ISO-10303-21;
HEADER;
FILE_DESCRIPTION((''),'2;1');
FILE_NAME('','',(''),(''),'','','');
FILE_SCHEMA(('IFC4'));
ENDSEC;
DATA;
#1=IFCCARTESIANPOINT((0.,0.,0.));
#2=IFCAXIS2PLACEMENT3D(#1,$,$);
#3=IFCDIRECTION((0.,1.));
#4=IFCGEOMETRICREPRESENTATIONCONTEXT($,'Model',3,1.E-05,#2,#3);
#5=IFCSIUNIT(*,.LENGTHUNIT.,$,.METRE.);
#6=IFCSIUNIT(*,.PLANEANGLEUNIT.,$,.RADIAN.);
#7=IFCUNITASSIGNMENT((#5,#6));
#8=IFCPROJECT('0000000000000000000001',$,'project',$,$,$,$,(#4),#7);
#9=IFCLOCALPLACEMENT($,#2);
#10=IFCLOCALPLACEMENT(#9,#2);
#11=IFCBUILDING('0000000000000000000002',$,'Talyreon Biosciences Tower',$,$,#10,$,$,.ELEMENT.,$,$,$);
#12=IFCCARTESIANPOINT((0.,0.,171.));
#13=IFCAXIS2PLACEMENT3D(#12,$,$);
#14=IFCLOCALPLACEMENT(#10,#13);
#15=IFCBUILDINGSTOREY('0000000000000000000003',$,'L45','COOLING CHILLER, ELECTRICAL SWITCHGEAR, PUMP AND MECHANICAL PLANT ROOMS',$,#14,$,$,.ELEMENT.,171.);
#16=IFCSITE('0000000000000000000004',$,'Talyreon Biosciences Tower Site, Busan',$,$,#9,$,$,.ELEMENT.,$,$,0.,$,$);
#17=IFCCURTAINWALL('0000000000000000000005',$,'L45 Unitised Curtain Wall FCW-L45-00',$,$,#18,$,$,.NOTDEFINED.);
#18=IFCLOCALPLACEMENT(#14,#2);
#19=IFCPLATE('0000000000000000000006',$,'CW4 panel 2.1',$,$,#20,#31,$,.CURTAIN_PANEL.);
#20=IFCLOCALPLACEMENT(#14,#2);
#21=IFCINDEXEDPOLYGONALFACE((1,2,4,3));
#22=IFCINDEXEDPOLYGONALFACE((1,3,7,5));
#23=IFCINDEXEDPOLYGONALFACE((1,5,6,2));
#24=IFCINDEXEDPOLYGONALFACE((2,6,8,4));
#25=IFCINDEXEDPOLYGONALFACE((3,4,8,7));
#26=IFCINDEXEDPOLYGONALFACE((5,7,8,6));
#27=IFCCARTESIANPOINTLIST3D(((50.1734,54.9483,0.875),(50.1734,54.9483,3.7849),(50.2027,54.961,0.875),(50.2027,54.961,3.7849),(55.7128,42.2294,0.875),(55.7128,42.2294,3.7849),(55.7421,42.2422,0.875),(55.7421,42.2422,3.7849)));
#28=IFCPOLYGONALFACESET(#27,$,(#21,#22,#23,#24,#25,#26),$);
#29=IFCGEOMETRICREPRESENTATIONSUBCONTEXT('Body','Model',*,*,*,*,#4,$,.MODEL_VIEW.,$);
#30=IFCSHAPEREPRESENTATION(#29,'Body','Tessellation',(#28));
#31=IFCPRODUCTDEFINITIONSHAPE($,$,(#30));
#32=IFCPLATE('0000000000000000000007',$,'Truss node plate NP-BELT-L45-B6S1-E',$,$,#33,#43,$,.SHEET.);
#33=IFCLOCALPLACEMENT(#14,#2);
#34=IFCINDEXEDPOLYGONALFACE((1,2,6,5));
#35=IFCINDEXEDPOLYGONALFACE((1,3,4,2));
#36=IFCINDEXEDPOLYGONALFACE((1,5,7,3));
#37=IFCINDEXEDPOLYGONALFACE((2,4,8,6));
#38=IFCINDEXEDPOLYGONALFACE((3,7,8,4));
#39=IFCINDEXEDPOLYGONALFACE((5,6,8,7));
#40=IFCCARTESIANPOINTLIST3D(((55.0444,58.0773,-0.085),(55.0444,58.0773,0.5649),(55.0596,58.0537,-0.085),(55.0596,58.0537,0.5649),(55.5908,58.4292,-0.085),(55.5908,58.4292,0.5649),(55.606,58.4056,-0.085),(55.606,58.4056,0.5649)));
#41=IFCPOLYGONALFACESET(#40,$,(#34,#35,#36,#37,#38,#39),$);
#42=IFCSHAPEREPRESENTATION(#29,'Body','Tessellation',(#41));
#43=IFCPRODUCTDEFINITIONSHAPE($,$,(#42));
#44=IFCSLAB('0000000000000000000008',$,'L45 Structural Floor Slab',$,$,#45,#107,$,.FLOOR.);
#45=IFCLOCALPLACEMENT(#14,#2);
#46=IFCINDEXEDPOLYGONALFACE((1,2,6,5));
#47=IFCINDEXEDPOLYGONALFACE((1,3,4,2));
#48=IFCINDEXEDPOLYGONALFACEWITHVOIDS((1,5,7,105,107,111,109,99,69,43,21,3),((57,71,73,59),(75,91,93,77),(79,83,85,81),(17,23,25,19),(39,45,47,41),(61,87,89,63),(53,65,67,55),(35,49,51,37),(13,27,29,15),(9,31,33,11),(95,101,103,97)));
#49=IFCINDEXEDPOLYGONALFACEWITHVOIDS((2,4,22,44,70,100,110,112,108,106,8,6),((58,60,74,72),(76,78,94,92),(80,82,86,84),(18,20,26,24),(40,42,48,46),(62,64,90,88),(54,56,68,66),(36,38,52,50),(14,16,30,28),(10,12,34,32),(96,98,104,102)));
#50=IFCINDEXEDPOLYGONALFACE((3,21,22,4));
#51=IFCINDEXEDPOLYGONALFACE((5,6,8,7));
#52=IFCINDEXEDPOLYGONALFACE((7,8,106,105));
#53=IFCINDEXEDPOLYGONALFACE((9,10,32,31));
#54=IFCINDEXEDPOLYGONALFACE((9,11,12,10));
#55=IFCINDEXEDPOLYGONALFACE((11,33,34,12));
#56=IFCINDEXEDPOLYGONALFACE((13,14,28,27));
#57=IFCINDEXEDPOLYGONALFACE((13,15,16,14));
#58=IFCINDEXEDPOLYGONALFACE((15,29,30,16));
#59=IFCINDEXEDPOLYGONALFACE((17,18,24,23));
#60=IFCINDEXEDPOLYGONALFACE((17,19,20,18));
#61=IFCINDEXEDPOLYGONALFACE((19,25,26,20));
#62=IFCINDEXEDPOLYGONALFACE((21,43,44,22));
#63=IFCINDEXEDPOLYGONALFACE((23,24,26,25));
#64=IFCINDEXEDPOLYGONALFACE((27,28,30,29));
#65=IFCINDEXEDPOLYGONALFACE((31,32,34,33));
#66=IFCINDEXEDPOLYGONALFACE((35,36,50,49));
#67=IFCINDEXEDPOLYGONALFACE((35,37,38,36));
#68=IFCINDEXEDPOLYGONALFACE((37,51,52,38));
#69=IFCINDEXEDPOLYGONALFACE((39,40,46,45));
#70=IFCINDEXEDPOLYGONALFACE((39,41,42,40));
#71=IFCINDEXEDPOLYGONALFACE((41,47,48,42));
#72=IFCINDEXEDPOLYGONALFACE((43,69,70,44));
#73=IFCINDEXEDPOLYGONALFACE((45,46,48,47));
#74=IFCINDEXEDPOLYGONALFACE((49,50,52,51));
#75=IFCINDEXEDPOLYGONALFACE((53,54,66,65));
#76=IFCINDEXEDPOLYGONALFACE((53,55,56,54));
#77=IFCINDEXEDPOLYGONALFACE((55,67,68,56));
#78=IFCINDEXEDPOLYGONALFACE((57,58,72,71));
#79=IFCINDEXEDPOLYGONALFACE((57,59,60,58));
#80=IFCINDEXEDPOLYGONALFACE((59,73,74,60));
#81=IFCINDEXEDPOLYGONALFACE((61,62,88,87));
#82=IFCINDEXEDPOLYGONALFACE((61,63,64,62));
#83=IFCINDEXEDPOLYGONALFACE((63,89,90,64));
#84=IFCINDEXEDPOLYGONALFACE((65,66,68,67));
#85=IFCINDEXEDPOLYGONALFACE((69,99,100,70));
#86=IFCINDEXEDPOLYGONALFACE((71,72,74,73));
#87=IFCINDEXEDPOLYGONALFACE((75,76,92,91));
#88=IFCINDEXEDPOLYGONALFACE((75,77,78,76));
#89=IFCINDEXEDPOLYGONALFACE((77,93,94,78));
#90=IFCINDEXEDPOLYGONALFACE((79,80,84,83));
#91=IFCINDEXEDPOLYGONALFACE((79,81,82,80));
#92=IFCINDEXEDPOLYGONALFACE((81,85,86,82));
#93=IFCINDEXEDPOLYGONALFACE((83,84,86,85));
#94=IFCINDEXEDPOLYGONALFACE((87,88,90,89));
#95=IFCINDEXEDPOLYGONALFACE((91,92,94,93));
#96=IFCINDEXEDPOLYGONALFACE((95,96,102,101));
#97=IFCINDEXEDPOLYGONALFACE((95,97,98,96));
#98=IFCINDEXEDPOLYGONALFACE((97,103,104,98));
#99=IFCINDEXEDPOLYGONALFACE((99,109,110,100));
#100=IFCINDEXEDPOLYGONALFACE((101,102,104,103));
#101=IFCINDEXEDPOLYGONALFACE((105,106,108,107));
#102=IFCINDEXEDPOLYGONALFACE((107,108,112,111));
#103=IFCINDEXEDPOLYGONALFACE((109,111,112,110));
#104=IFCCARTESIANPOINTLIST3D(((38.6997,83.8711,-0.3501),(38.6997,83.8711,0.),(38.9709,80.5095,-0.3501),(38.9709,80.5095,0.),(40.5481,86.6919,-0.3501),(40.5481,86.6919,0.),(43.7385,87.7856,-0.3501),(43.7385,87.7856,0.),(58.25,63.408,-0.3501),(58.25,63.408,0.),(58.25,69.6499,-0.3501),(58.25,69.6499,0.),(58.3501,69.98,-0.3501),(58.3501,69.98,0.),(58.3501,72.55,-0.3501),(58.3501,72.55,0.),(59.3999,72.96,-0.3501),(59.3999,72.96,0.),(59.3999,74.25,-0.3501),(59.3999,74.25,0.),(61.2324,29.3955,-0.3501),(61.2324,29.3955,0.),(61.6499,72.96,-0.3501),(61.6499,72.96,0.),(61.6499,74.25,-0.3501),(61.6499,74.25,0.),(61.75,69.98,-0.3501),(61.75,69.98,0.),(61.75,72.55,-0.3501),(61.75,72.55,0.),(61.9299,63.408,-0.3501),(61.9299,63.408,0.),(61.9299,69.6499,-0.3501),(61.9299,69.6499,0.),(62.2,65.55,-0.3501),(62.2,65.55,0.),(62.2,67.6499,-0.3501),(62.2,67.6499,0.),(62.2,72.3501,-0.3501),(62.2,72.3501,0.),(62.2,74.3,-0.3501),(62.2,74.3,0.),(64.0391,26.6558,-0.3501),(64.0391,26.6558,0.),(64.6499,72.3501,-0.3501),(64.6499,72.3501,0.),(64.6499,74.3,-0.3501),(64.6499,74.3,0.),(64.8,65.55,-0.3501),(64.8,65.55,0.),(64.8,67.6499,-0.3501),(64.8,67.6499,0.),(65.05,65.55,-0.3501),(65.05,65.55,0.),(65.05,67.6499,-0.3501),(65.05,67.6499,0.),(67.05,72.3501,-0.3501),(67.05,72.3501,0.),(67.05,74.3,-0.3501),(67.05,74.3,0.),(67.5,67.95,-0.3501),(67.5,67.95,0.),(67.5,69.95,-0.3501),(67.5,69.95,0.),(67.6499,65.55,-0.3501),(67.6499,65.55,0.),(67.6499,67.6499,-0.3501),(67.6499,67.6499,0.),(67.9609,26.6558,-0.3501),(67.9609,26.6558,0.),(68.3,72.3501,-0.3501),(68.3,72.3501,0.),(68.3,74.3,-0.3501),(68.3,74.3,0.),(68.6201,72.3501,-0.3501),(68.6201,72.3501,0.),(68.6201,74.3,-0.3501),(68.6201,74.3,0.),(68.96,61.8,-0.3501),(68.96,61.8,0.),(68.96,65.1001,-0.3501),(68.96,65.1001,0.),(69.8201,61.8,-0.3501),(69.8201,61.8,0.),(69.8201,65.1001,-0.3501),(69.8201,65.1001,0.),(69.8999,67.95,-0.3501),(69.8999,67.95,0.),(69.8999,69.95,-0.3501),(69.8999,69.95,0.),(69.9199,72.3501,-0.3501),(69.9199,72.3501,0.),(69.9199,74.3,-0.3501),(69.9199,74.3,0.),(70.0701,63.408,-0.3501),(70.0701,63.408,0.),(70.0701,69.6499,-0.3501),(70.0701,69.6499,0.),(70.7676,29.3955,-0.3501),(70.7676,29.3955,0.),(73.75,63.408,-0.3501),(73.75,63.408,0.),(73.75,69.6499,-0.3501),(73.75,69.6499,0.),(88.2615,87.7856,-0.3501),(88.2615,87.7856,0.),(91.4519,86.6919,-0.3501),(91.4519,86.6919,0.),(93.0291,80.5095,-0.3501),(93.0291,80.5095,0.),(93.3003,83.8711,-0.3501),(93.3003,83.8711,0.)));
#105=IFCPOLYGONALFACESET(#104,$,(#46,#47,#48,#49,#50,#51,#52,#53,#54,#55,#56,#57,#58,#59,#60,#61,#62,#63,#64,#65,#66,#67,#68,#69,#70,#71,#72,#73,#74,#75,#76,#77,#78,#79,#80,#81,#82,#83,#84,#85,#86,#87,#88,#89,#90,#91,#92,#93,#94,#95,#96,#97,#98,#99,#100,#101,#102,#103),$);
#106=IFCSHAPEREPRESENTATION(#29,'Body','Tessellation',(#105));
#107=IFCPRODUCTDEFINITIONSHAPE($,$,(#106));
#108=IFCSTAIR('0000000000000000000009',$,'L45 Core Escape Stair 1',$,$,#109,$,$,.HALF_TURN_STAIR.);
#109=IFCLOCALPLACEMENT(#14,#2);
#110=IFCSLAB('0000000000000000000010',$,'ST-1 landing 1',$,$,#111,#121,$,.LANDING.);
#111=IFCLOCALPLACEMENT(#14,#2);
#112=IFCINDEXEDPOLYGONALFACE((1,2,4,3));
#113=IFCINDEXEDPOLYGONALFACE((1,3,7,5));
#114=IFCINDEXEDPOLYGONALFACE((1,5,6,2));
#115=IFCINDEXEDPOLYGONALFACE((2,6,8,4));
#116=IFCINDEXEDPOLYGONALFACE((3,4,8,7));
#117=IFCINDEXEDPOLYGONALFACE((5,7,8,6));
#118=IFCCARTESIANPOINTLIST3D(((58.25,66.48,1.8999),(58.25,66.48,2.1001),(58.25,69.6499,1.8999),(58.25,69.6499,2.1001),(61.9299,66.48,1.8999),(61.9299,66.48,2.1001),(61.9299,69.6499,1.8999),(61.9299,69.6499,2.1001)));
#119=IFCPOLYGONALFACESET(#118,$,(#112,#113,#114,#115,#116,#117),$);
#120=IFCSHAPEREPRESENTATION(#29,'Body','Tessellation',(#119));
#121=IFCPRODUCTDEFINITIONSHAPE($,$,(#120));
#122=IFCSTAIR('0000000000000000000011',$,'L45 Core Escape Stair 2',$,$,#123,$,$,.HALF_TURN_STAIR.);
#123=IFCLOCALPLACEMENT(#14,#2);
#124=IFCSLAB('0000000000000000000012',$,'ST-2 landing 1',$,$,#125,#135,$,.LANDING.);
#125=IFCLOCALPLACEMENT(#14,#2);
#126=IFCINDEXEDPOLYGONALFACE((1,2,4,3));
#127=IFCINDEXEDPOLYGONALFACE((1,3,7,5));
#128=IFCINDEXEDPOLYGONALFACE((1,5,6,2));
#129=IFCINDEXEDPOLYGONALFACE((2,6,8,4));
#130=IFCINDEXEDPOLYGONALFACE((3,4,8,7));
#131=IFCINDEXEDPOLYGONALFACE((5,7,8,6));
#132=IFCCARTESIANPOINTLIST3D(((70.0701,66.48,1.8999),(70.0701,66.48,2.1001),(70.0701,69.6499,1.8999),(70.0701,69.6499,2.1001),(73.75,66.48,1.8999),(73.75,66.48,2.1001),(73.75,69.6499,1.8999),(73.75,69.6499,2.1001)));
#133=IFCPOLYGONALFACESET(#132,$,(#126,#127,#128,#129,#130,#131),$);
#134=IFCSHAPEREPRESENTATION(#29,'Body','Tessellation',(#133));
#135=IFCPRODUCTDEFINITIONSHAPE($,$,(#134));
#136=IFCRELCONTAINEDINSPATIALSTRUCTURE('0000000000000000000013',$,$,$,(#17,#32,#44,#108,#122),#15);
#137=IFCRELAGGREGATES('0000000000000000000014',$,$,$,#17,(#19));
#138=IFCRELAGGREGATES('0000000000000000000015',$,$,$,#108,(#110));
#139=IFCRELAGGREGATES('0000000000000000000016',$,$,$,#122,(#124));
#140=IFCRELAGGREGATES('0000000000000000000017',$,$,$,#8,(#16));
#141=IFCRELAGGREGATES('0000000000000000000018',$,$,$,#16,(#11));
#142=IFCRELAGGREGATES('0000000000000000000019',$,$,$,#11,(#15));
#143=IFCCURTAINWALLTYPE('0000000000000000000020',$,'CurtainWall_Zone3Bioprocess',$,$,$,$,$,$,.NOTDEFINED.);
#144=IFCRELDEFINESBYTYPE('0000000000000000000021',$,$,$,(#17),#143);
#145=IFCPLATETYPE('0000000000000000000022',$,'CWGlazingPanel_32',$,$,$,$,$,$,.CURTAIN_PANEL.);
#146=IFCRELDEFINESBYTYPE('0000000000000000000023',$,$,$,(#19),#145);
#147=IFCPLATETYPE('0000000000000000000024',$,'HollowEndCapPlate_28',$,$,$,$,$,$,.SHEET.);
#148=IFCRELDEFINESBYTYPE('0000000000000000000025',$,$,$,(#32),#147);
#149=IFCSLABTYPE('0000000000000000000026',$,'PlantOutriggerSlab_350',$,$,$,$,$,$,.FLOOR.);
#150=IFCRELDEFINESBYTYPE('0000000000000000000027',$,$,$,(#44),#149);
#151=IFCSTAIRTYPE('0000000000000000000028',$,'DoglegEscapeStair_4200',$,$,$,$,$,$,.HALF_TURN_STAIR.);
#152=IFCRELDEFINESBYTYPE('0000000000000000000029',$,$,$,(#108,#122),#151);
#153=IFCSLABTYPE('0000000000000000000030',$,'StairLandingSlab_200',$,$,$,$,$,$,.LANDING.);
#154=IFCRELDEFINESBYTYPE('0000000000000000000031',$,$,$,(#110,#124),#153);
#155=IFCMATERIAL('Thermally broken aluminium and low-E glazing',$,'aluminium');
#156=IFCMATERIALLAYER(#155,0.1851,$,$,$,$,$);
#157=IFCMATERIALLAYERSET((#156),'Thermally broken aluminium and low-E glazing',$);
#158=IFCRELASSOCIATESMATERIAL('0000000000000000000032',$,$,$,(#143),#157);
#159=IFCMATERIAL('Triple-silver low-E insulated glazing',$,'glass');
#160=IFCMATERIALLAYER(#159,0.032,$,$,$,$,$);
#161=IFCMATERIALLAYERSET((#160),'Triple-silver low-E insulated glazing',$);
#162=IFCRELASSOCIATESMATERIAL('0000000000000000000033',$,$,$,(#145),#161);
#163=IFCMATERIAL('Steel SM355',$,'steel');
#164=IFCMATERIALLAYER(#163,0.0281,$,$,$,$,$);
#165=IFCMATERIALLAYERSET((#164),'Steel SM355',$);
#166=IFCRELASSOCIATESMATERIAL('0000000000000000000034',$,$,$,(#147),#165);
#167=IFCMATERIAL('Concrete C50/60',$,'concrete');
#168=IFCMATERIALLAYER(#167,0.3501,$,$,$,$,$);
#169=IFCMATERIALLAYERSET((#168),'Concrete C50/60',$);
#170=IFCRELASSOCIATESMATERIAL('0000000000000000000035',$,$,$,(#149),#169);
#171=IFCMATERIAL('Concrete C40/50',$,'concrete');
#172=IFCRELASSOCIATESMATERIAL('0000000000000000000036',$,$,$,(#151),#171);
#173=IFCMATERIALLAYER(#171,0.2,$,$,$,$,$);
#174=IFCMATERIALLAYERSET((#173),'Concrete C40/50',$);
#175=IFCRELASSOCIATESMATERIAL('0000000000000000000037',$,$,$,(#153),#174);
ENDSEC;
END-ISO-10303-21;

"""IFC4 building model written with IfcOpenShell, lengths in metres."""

from ifc_helpers import new_model, si_unit, direction, frame, origin, origin_2d, place, context, subcontext, project, spatial, polyline, rectangle, outline, extrude, material, layer, layer_set, type_object, element, aggregate, save


model = new_model("IFC4")

# Units and contexts
model_context = context("Model", 3, precision=1e-05, world=origin(), true_north=direction((0.0, 1.0)))
body_context = subcontext(model_context, "Body", "Model", "MODEL_VIEW")
ifc_project = project(units=[si_unit("LENGTHUNIT", "METRE"), si_unit("PLANEANGLEUNIT", "RADIAN")], contexts=[model_context])

# Site, building, storey
site_placement = place(None, origin())
site = spatial("IfcSite", under=ifc_project, at=site_placement, Name="Talyreon Biosciences Tower Site, Busan", CompositionType="ELEMENT", RefElevation=0.0)
building_placement = place(site_placement, origin())
building = spatial("IfcBuilding", under=site, at=building_placement, Name="Talyreon Biosciences Tower", CompositionType="ELEMENT")
storey_placement = place(building_placement, frame((0.0, 0.0, 171.0)))
storey = spatial("IfcBuildingStorey", under=building, at=storey_placement, Name="L45", Description="COOLING CHILLER, ELECTRICAL SWITCHGEAR, PUMP AND MECHANICAL PLANT ROOMS", CompositionType="ELEMENT", Elevation=171.0)

# Shared definitions
ifc_material_1 = material(Name="Concrete C50/60", Category="concrete")

# Shared definitions
ifc_material_2 = material(Name="Steel SM355", Category="steel")

# Curtain wall
ifc_material_3 = material(Name="Thermally broken aluminium and low-E glazing", Category="aluminium")
ifc_layer_1 = layer(ifc_material_3, 0.1851)
ifc_layer_set_1 = layer_set([ifc_layer_1], Name="Thermally broken aluminium and low-E glazing")
curtain_wall_type = type_object("IfcCurtainWallType", Name="CurtainWall_Zone3Bioprocess", PredefinedType="NOTDEFINED", material=ifc_layer_set_1)
curtain_wall_placement = place(storey_placement, origin())
curtain_wall = element("IfcCurtainWall", 1, at=curtain_wall_placement, inside=storey, type_object=curtain_wall_type, Name="L45 Unitised Curtain Wall FCW-L45-00", PredefinedType="NOTDEFINED")

# Plates
ifc_material_4 = material(Name="Triple-silver low-E insulated glazing", Category="glass")
ifc_layer_2 = layer(ifc_material_4, 0.032)
ifc_layer_set_2 = layer_set([ifc_layer_2], Name="Triple-silver low-E insulated glazing")
plate_type_1 = type_object("IfcPlateType", Name="CWGlazingPanel_32", PredefinedType="CURTAIN_PANEL", material=ifc_layer_set_2)
plate_1_placement = place(storey_placement, frame((52.9578, 48.5952, 0.875), z_axis=(0.0, 0.0, 1.0), x_axis=(-0.3993, 0.91682, 0.0)))
plate_1 = element("IfcPlate", 2, at=plate_1_placement, type_object=plate_type_1, Name="CW4 panel 2.1", PredefinedType="CURTAIN_PANEL", context=body_context, shape_type="SweptSolid", body=[
    extrude(rectangle(XDim=13.8728, YDim=0.032, at=origin_2d()), origin(), (0.0, 0.0, 1.0), 2.9099),
])
aggregate(curtain_wall, [plate_1])
ifc_layer_3 = layer(ifc_material_2, 0.0281)
ifc_layer_set_3 = layer_set([ifc_layer_3], Name="Steel SM355")
plate_type_2 = type_object("IfcPlateType", Name="HollowEndCapPlate_28", PredefinedType="SHEET", material=ifc_layer_set_3)
plate_2_placement = place(storey_placement, frame((55.3252, 58.2415, -0.085), z_axis=(0.0, 0.0, 1.0), x_axis=(0.840718, 0.541473, 0.0)))
element("IfcPlate", 3, at=plate_2_placement, inside=storey, type_object=plate_type_2, Name="Truss node plate NP-BELT-L45-B6S1-E", PredefinedType="SHEET", context=body_context, shape_type="SweptSolid", body=[
    extrude(rectangle(XDim=0.6499, YDim=0.0281, at=origin_2d()), origin(), (0.0, 0.0, 1.0), 0.6499),
])

# Slab
ifc_layer_4 = layer(ifc_material_1, 0.3501)
ifc_layer_set_4 = layer_set([ifc_layer_4], Name="Concrete C50/60")
slab_type_1 = type_object("IfcSlabType", Name="PlantOutriggerSlab_350", PredefinedType="FLOOR", material=ifc_layer_set_4)
slab_1_placement = place(storey_placement, frame((0.0, 0.0, -0.3501)))
element("IfcSlab", 4, at=slab_1_placement, inside=storey, type_object=slab_type_1, Name="L45 Structural Floor Slab", PredefinedType="FLOOR", context=body_context, shape_type="SweptSolid", body=[
    extrude(outline(polyline([(61.2324, 29.3955), (38.9709, 80.5095), (38.6997, 83.8711), (40.5481, 86.6919), (43.7385, 87.7856), (88.2615, 87.7856), (91.4519, 86.6919), (93.3003, 83.8711), (93.0291, 80.5095), (70.7676, 29.3955), (67.9609, 26.6558), (64.0391, 26.6558), (61.2324, 29.3955)]), holes=[polyline([(61.9299, 69.6499), (61.9299, 63.408), (58.25, 63.408), (58.25, 69.6499), (61.9299, 69.6499)]), polyline([(64.8, 67.6499), (64.8, 65.55), (62.2, 65.55), (62.2, 67.6499), (64.8, 67.6499)]), polyline([(67.6499, 67.6499), (67.6499, 65.55), (65.05, 65.55), (65.05, 67.6499), (67.6499, 67.6499)]), polyline([(61.75, 69.98), (58.3501, 69.98), (58.3501, 72.55), (61.75, 72.55), (61.75, 69.98)]), polyline([(64.6499, 72.3501), (62.2, 72.3501), (62.2, 74.3), (64.6499, 74.3), (64.6499, 72.3501)]), polyline([(61.6499, 74.25), (61.6499, 72.96), (59.3999, 72.96), (59.3999, 74.25), (61.6499, 74.25)]), polyline([(69.8201, 61.8), (68.96, 61.8), (68.96, 65.1001), (69.8201, 65.1001), (69.8201, 61.8)]), polyline([(73.75, 63.408), (70.0701, 63.408), (70.0701, 69.6499), (73.75, 69.6499), (73.75, 63.408)]), polyline([(69.8999, 69.95), (69.8999, 67.95), (67.5, 67.95), (67.5, 69.95), (69.8999, 69.95)]), polyline([(68.3, 72.3501), (67.05, 72.3501), (67.05, 74.3), (68.3, 74.3), (68.3, 72.3501)]), polyline([(69.9199, 72.3501), (68.6201, 72.3501), (68.6201, 74.3), (69.9199, 74.3), (69.9199, 72.3501)])]), origin(), (0.0, 0.0, 1.0), 0.3501),
])

# Stairs, slabs
ifc_material_5 = material(Name="Concrete C40/50", Category="concrete")
stair_type = type_object("IfcStairType", Name="DoglegEscapeStair_4200", PredefinedType="HALF_TURN_STAIR", material=ifc_material_5)
stair_1_placement = place(storey_placement, origin())
stair_1 = element("IfcStair", 5, at=stair_1_placement, inside=storey, type_object=stair_type, Name="L45 Core Escape Stair 1", PredefinedType="HALF_TURN_STAIR")
ifc_layer_5 = layer(ifc_material_5, 0.2)
ifc_layer_set_5 = layer_set([ifc_layer_5], Name="Concrete C40/50")
slab_type_2 = type_object("IfcSlabType", Name="StairLandingSlab_200", PredefinedType="LANDING", material=ifc_layer_set_5)
slab_2_placement = place(storey_placement, frame((0.0, 0.0, 1.8999)))
slab_2 = element("IfcSlab", 6, at=slab_2_placement, type_object=slab_type_2, Name="ST-1 landing 1", PredefinedType="LANDING", context=body_context, shape_type="SweptSolid", body=[
    extrude(outline(polyline([(61.9299, 66.48), (61.9299, 69.6499), (58.25, 69.6499), (58.25, 66.48), (61.9299, 66.48)])), origin(), (0.0, 0.0, 1.0), 0.2002),
])
aggregate(stair_1, [slab_2])
stair_2_placement = place(storey_placement, origin())
stair_2 = element("IfcStair", 7, at=stair_2_placement, inside=storey, type_object=stair_type, Name="L45 Core Escape Stair 2", PredefinedType="HALF_TURN_STAIR")
slab_3_placement = place(storey_placement, frame((0.0, 0.0, 1.8999)))
slab_3 = element("IfcSlab", 8, at=slab_3_placement, type_object=slab_type_2, Name="ST-2 landing 1", PredefinedType="LANDING", context=body_context, shape_type="SweptSolid", body=[
    extrude(outline(polyline([(73.75, 66.48), (73.75, 69.6499), (70.0701, 69.6499), (70.0701, 66.48), (73.75, 66.48)])), origin(), (0.0, 0.0, 1.0), 0.2002),
])
aggregate(stair_2, [slab_3])

save(model, "model.ifc")
